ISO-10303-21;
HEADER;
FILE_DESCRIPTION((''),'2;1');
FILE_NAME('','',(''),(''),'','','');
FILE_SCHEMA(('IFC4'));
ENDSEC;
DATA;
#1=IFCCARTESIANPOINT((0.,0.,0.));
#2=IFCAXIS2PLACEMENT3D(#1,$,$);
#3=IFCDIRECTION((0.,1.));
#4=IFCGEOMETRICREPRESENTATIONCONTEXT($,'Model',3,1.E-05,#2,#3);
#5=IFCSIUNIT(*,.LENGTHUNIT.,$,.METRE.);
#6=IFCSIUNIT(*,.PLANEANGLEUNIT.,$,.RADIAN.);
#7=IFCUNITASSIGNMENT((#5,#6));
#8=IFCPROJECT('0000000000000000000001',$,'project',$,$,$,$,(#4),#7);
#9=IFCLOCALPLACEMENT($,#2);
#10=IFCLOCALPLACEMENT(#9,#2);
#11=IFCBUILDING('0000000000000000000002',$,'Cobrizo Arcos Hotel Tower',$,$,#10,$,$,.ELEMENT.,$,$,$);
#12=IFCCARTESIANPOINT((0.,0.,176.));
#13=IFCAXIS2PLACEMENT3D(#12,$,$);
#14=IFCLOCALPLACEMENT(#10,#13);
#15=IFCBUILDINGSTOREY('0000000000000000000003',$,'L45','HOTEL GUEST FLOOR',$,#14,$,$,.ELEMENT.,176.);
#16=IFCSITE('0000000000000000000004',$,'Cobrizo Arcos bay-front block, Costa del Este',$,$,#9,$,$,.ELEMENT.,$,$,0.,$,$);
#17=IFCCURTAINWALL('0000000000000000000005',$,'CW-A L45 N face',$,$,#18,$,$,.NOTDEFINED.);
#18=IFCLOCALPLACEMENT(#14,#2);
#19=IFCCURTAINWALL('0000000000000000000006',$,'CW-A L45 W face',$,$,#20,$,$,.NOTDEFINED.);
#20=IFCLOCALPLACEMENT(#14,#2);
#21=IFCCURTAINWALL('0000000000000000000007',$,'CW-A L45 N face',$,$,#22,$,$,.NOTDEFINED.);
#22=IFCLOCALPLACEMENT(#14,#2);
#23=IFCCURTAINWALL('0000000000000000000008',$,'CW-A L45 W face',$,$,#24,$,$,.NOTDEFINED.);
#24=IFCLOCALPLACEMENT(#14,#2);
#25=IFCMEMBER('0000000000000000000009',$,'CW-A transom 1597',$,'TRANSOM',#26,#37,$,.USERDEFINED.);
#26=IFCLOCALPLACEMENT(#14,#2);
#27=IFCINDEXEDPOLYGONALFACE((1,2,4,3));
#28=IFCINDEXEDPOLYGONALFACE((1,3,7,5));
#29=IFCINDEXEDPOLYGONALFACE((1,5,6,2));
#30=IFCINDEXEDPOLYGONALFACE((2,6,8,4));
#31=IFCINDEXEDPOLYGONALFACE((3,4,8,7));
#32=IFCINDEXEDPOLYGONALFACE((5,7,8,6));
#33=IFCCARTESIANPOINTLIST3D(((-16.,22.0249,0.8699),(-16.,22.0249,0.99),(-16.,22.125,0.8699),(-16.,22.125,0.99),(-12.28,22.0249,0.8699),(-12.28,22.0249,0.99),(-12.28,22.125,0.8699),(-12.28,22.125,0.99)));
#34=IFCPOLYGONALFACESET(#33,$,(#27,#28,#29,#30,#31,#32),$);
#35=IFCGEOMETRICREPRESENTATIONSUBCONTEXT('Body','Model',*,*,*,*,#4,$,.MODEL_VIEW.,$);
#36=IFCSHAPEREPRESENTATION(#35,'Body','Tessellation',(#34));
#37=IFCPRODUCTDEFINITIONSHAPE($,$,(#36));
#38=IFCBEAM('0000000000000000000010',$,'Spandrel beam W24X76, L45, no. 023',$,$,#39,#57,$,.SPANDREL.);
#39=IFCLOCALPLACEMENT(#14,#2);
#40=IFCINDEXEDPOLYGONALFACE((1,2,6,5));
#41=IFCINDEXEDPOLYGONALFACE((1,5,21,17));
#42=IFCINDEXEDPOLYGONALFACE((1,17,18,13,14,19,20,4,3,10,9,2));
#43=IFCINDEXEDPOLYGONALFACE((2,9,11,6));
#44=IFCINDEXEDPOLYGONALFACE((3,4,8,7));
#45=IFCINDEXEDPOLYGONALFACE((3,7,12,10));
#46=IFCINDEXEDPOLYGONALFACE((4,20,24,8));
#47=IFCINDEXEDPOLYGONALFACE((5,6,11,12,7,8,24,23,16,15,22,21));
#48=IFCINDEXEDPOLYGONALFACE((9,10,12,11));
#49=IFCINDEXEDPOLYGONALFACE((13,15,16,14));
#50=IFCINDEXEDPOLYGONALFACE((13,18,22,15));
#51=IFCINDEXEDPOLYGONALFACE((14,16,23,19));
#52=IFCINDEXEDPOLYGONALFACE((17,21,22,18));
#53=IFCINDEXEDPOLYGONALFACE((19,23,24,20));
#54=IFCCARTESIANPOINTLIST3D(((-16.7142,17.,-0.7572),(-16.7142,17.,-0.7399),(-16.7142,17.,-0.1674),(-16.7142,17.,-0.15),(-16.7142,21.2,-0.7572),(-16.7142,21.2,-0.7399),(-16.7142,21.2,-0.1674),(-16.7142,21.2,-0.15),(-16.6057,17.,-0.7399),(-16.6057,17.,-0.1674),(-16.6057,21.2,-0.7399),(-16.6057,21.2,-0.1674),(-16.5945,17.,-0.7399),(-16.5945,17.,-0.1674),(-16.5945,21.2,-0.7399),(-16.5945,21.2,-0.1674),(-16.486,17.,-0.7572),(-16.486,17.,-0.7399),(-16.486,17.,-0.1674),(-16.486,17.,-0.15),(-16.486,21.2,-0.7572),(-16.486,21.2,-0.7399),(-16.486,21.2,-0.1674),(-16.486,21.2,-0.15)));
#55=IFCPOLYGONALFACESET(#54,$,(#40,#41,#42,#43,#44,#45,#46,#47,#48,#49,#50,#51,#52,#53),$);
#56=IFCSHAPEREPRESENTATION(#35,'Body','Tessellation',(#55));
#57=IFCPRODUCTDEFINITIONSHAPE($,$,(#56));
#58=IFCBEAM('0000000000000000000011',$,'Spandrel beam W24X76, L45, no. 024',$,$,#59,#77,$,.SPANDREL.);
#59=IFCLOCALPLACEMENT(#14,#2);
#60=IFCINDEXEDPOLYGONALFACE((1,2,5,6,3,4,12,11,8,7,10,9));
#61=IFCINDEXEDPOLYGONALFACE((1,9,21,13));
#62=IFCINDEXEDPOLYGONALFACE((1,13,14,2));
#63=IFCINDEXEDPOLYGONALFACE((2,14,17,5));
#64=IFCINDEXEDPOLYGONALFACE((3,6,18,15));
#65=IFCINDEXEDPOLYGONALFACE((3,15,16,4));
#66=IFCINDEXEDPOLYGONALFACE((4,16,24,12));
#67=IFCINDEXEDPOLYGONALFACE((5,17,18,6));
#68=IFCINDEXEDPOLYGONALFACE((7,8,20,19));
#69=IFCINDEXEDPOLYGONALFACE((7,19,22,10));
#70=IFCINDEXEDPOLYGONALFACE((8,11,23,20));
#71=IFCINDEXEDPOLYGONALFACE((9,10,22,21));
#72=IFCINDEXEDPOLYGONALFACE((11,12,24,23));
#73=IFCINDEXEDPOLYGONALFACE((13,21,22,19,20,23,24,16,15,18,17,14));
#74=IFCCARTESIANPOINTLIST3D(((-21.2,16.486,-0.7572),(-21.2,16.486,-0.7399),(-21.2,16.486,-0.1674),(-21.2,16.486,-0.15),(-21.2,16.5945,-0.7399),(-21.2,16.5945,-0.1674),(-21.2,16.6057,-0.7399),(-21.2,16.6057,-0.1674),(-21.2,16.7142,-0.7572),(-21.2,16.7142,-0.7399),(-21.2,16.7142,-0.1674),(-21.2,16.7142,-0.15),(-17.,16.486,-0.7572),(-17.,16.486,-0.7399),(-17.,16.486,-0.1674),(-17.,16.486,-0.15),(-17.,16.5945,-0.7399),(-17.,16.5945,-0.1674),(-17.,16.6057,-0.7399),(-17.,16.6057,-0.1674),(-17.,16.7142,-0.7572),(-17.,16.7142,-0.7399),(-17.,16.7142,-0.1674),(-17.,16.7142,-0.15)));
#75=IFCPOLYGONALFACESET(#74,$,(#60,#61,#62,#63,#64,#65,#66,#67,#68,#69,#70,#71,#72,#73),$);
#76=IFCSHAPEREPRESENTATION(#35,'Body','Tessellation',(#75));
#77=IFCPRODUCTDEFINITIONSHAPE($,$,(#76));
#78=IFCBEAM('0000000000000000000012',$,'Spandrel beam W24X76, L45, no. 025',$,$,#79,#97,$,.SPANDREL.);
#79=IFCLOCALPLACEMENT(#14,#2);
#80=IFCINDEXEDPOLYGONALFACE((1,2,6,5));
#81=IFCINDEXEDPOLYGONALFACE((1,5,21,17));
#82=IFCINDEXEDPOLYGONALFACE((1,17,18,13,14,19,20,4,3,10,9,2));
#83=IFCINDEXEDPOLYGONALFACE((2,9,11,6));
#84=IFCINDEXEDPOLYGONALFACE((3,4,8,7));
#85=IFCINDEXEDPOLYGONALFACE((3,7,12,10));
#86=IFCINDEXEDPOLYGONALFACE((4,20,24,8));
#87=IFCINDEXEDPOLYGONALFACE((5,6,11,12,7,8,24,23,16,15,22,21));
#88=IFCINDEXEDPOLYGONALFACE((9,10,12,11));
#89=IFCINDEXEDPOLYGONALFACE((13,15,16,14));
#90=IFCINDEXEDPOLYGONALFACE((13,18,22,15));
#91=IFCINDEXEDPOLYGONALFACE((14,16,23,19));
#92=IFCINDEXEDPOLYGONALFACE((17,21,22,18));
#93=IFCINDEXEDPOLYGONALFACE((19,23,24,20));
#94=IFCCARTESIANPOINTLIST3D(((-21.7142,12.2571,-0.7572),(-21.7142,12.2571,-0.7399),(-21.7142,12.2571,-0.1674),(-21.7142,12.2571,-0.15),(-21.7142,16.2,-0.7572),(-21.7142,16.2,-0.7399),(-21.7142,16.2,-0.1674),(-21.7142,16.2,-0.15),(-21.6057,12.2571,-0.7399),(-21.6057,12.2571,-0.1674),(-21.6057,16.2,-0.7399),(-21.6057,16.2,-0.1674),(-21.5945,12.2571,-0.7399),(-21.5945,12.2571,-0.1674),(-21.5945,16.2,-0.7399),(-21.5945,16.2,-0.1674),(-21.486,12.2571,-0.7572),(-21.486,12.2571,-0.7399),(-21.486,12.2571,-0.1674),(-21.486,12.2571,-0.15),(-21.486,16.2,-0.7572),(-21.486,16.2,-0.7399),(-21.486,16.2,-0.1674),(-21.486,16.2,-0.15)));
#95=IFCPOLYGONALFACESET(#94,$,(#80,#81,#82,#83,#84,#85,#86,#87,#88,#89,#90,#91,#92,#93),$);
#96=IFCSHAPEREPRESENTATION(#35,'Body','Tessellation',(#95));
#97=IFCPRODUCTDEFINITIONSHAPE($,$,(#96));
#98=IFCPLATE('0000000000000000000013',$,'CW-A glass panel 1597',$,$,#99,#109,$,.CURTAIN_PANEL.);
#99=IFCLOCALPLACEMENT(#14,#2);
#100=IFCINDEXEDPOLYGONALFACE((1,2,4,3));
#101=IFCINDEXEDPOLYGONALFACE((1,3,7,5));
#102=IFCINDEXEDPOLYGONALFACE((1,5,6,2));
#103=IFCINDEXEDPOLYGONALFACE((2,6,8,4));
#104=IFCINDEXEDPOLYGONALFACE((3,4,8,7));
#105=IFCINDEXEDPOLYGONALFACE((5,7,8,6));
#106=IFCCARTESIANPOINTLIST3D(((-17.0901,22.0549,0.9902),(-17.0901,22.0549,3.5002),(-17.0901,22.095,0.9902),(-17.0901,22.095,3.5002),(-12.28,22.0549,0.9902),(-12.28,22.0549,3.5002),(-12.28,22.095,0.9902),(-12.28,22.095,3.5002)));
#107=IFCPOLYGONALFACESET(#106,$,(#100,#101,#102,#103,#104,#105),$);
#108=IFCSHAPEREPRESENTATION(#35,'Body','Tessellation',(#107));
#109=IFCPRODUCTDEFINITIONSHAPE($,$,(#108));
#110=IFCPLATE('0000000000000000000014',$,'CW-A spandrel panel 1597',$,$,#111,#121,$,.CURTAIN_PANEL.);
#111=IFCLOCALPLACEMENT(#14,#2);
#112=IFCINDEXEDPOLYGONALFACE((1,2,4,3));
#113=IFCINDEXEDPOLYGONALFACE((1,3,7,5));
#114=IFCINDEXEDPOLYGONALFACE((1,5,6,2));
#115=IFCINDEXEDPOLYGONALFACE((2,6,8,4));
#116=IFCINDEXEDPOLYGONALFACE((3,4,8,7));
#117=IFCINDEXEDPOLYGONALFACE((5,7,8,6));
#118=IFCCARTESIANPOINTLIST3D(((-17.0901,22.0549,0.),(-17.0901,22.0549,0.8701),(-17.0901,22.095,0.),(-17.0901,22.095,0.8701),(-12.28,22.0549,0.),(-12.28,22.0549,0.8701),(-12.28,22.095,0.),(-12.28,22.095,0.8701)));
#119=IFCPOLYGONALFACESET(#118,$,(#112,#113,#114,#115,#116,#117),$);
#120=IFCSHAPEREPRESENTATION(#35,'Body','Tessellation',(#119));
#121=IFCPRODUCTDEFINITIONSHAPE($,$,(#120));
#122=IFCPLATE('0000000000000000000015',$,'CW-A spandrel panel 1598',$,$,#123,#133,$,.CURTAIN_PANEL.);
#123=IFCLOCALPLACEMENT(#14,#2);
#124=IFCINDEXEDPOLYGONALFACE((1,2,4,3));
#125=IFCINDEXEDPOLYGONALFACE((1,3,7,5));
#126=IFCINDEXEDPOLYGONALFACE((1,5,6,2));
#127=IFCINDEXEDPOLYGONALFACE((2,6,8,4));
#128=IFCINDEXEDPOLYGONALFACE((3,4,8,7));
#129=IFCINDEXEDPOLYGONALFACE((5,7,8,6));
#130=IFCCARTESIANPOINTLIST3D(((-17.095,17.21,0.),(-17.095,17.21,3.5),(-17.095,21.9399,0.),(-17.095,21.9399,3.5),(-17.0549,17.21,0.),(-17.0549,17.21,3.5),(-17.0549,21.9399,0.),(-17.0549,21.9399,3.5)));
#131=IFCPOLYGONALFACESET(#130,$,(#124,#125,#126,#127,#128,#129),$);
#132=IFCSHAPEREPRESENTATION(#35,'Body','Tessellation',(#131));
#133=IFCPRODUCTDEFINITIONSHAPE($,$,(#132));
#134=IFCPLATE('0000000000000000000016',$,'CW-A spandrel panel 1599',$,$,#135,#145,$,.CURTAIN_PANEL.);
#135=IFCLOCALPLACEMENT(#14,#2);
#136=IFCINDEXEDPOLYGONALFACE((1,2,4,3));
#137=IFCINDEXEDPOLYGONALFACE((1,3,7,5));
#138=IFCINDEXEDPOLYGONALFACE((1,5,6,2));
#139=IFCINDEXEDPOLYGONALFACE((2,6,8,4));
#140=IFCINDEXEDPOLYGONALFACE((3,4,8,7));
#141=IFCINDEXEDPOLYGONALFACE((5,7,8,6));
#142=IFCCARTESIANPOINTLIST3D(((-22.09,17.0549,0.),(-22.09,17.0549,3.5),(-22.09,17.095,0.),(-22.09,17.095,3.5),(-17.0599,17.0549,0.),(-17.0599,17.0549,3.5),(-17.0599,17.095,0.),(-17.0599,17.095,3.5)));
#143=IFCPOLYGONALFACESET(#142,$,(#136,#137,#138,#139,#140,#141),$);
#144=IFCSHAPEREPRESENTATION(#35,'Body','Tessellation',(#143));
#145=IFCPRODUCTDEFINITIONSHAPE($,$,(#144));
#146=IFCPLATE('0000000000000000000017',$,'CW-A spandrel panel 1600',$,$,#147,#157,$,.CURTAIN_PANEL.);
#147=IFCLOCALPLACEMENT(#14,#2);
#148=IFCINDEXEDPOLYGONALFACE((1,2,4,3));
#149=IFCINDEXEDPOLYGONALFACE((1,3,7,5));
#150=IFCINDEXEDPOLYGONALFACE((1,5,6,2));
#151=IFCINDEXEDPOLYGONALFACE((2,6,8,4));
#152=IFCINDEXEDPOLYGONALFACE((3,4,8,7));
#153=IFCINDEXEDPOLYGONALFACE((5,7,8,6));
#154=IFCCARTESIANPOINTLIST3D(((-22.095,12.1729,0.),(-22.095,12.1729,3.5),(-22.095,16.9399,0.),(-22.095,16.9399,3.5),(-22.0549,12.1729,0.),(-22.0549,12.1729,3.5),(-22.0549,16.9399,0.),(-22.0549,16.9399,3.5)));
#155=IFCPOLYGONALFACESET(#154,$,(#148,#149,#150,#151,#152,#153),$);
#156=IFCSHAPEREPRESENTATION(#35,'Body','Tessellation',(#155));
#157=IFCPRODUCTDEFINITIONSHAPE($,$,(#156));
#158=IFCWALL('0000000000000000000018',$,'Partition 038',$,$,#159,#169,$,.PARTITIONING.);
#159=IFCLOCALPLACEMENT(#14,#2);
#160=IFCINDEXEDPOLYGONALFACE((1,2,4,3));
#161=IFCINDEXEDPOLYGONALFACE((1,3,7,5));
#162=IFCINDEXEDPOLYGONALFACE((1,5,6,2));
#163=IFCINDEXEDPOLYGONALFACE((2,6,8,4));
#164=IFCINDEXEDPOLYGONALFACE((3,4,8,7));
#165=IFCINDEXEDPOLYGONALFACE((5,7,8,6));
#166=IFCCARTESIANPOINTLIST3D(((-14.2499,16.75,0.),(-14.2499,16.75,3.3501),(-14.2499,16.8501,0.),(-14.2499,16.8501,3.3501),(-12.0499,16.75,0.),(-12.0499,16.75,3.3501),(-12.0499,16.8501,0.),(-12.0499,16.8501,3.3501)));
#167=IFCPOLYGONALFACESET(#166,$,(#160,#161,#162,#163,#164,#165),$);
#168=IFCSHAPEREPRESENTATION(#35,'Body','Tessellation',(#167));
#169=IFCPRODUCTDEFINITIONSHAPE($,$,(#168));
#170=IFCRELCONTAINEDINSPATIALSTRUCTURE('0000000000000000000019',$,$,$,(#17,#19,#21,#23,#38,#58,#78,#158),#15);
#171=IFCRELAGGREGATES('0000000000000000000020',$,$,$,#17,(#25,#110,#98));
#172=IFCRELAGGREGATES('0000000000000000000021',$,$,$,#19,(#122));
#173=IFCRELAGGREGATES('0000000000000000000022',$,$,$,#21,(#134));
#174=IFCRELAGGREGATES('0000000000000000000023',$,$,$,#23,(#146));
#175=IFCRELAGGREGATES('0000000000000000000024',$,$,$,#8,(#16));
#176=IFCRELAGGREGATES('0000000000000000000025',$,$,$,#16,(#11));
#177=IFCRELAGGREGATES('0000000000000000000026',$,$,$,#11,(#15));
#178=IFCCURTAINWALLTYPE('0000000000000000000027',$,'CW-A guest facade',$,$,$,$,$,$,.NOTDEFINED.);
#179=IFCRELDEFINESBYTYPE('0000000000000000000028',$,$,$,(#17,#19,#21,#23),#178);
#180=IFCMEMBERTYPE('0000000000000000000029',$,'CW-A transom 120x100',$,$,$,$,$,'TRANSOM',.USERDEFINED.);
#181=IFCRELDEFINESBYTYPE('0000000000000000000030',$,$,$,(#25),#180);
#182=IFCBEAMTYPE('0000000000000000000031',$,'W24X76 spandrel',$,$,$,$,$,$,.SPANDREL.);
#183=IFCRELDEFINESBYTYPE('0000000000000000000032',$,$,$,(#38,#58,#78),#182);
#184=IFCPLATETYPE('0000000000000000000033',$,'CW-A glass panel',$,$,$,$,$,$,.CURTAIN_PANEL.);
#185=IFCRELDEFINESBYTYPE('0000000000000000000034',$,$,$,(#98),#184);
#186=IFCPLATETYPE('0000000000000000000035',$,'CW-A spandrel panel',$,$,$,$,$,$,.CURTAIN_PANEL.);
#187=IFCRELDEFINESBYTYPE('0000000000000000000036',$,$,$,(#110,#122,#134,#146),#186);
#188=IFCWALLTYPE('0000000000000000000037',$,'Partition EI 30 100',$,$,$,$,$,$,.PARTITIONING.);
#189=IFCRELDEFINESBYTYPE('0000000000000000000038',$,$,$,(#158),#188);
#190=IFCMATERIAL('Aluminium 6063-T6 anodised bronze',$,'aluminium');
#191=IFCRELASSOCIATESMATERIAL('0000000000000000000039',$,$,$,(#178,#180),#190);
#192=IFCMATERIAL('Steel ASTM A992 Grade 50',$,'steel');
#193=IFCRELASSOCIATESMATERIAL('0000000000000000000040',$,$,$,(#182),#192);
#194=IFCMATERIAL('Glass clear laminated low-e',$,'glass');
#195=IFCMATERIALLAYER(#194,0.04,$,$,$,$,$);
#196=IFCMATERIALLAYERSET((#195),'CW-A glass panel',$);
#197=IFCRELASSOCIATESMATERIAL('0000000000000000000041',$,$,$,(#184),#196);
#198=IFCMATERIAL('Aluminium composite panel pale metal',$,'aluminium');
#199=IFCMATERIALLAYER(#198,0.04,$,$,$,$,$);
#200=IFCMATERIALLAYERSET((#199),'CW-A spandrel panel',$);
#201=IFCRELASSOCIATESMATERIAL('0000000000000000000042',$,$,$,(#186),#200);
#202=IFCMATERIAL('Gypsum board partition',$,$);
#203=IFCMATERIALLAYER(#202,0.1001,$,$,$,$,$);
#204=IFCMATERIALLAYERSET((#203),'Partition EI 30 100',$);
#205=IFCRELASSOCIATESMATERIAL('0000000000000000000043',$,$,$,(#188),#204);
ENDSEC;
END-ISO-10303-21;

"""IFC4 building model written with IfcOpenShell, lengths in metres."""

from ifc_helpers import new_model, si_unit, direction, frame, frame_2d, origin, origin_2d, place, context, subcontext, project, spatial, rectangle, i_section, extrude, material, layer, layer_set, material_profile, profile_set, type_object, element, aggregate, save


model = new_model("IFC4")

# Units and contexts
model_context = context("Model", 3, precision=1e-05, world=origin(), true_north=direction((0.0, 1.0)))
body_context = subcontext(model_context, "Body", "Model", "MODEL_VIEW")
ifc_project = project(units=[si_unit("LENGTHUNIT", "METRE"), si_unit("PLANEANGLEUNIT", "RADIAN")], contexts=[model_context])

# Site, building, storey
site_placement = place(None, origin())
site = spatial("IfcSite", under=ifc_project, at=site_placement, Name="Cobrizo Arcos bay-front block, Costa del Este", CompositionType="ELEMENT", RefElevation=0.0)
building_placement = place(site_placement, origin())
building = spatial("IfcBuilding", under=site, at=building_placement, Name="Cobrizo Arcos Hotel Tower", CompositionType="ELEMENT")
storey_placement = place(building_placement, frame((0.0, 0.0, 176.0)))
storey = spatial("IfcBuildingStorey", under=building, at=storey_placement, Name="L45", Description="HOTEL GUEST FLOOR", CompositionType="ELEMENT", Elevation=176.0)

# Curtain wall
ifc_material_1 = material(Name="Aluminium 6063-T6 anodised bronze", Category="aluminium")
curtain_wall_type = type_object("IfcCurtainWallType", Name="CW-A guest facade", PredefinedType="NOTDEFINED", material=ifc_material_1)
curtain_wall_1_placement = place(storey_placement, origin())
curtain_wall_1 = element("IfcCurtainWall", 1, at=curtain_wall_1_placement, inside=storey, type_object=curtain_wall_type, Name="CW-A L45 N face", PredefinedType="NOTDEFINED")

# Curtain walls
curtain_wall_2_placement = place(storey_placement, origin())
curtain_wall_2 = element("IfcCurtainWall", 2, at=curtain_wall_2_placement, inside=storey, type_object=curtain_wall_type, Name="CW-A L45 W face", PredefinedType="NOTDEFINED")
curtain_wall_3_placement = place(storey_placement, origin())
curtain_wall_3 = element("IfcCurtainWall", 3, at=curtain_wall_3_placement, inside=storey, type_object=curtain_wall_type, Name="CW-A L45 N face", PredefinedType="NOTDEFINED")

# Curtain wall
curtain_wall_4_placement = place(storey_placement, origin())
curtain_wall_4 = element("IfcCurtainWall", 4, at=curtain_wall_4_placement, inside=storey, type_object=curtain_wall_type, Name="CW-A L45 W face", PredefinedType="NOTDEFINED")

# Member
ifc_material_profile_1 = material_profile(ifc_material_1, rectangle(XDim=0.1001, YDim=0.1201, at=origin_2d()), Name="CW-A transom 120x100")
ifc_profile_set_1 = profile_set([ifc_material_profile_1], Name="Aluminium 6063-T6 anodised bronze")
member_type_1 = type_object("IfcMemberType", Name="CW-A transom 120x100", ElementType="TRANSOM", PredefinedType="USERDEFINED", material=ifc_profile_set_1)
member_1_placement = place(storey_placement, frame((-12.28, 22.075, 0.9299), z_axis=(-1.0, 0.0, 0.0), x_axis=(0.0, -1.0, 0.0)))
member_1 = element("IfcMember", 5, at=member_1_placement, type_object=member_type_1, Name="CW-A transom 1597", ObjectType="TRANSOM", PredefinedType="USERDEFINED", context=body_context, shape_type="SweptSolid", body=[
    extrude(rectangle(XDim=0.1001, YDim=0.1201, at=origin_2d()), origin(), (0.0, 0.0, 1.0), 3.72),
])

# Beams
ifc_material_2 = material(Name="Steel ASTM A992 Grade 50", Category="steel")
ifc_material_profile_2 = material_profile(ifc_material_2, i_section(OverallWidth=0.2283, OverallDepth=0.6072, WebThickness=0.0112, FlangeThickness=0.0173, at=origin_2d()), Name="W24X76")
ifc_profile_set_2 = profile_set([ifc_material_profile_2], Name="Steel ASTM A992 Grade 50")
beam_type_1 = type_object("IfcBeamType", Name="W24X76 spandrel", PredefinedType="SPANDREL", material=ifc_profile_set_2)
for number, where, z_axis, x_axis, name in (
    (6, (-16.6001, 21.2, -0.4536), (0.0, -1.0, 0.0), (1.0, 0.0, 0.0), "Spandrel beam W24X76, L45, no. 023"),
    (7, (-17.0, 16.6001, -0.4536), (-1.0, 0.0, 0.0), (0.0, -1.0, 0.0), "Spandrel beam W24X76, L45, no. 024"),
):
    element("IfcBeam", number, at=place(storey_placement, frame(where, z_axis=z_axis, x_axis=x_axis)), inside=storey, type_object=beam_type_1, Name=name, PredefinedType="SPANDREL", context=body_context, shape_type="SweptSolid", body=[
        extrude(i_section(OverallWidth=0.2283, OverallDepth=0.6072, WebThickness=0.0112, FlangeThickness=0.0173, at=origin_2d()), origin(), (0.0, 0.0, 1.0), 4.2),
    ])
beam_1_placement = place(storey_placement, frame((-21.6001, 16.2, -0.4536), z_axis=(0.0, -1.0, 0.0), x_axis=(1.0, 0.0, 0.0)))
element("IfcBeam", 8, at=beam_1_placement, inside=storey, type_object=beam_type_1, Name="Spandrel beam W24X76, L45, no. 025", PredefinedType="SPANDREL", context=body_context, shape_type="SweptSolid", body=[
    extrude(i_section(OverallWidth=0.2283, OverallDepth=0.6072, WebThickness=0.0112, FlangeThickness=0.0173, at=origin_2d()), origin(), (0.0, 0.0, 1.0), 3.9429),
])

# Plates
ifc_material_3 = material(Name="Glass clear laminated low-e", Category="glass")
ifc_layer_1 = layer(ifc_material_3, 0.04)
ifc_layer_set_1 = layer_set([ifc_layer_1], Name="CW-A glass panel")
plate_type_1 = type_object("IfcPlateType", Name="CW-A glass panel", PredefinedType="CURTAIN_PANEL", material=ifc_layer_set_1)
plate_1_placement = place(storey_placement, frame((-14.6851, 22.075, 0.9902), z_axis=(0.0, 0.0, 1.0), x_axis=(-1.0, 0.0, 0.0)))
plate_1 = element("IfcPlate", 9, at=plate_1_placement, type_object=plate_type_1, Name="CW-A glass panel 1597", PredefinedType="CURTAIN_PANEL", context=body_context, shape_type="SweptSolid", body=[
    extrude(rectangle(XDim=4.8101, YDim=0.04, at=origin_2d()), origin(), (0.0, 0.0, 1.0), 2.51),
])
ifc_material_4 = material(Name="Aluminium composite panel pale metal", Category="aluminium")
ifc_layer_2 = layer(ifc_material_4, 0.04)
ifc_layer_set_2 = layer_set([ifc_layer_2], Name="CW-A spandrel panel")
plate_type_2 = type_object("IfcPlateType", Name="CW-A spandrel panel", PredefinedType="CURTAIN_PANEL", material=ifc_layer_set_2)
plate_2_placement = place(storey_placement, frame((-14.6851, 22.075, 0.0), z_axis=(0.0, 0.0, 1.0), x_axis=(-1.0, 0.0, 0.0)))
plate_2 = element("IfcPlate", 10, at=plate_2_placement, type_object=plate_type_2, Name="CW-A spandrel panel 1597", PredefinedType="CURTAIN_PANEL", context=body_context, shape_type="SweptSolid", body=[
    extrude(rectangle(XDim=4.8101, YDim=0.04, at=origin_2d()), origin(), (0.0, 0.0, 1.0), 0.8701),
])
aggregate(curtain_wall_1, [member_1, plate_2, plate_1])
plate_3_placement = place(storey_placement, frame((-17.075, 19.575, 0.0), z_axis=(0.0, 0.0, 1.0), x_axis=(0.0, -1.0, 0.0)))
plate_3 = element("IfcPlate", 11, at=plate_3_placement, type_object=plate_type_2, Name="CW-A spandrel panel 1598", PredefinedType="CURTAIN_PANEL", context=body_context, shape_type="SweptSolid", body=[
    extrude(rectangle(XDim=4.73, YDim=0.04, at=origin_2d()), origin(), (0.0, 0.0, 1.0), 3.5),
])
aggregate(curtain_wall_2, [plate_3])
plate_4_placement = place(storey_placement, frame((-19.575, 17.075, 0.0), z_axis=(0.0, 0.0, 1.0), x_axis=(-1.0, 0.0, 0.0)))
plate_4 = element("IfcPlate", 12, at=plate_4_placement, type_object=plate_type_2, Name="CW-A spandrel panel 1599", PredefinedType="CURTAIN_PANEL", context=body_context, shape_type="SweptSolid", body=[
    extrude(rectangle(XDim=5.03, YDim=0.04, at=origin_2d()), origin(), (0.0, 0.0, 1.0), 3.5),
])
aggregate(curtain_wall_3, [plate_4])
plate_5_placement = place(storey_placement, frame((-22.075, 14.5564, 0.0), z_axis=(0.0, 0.0, 1.0), x_axis=(0.0, -1.0, 0.0)))
plate_5 = element("IfcPlate", 13, at=plate_5_placement, type_object=plate_type_2, Name="CW-A spandrel panel 1600", PredefinedType="CURTAIN_PANEL", context=body_context, shape_type="SweptSolid", body=[
    extrude(rectangle(XDim=4.7671, YDim=0.04, at=origin_2d()), origin(), (0.0, 0.0, 1.0), 3.5),
])
aggregate(curtain_wall_4, [plate_5])

# Wall
ifc_material_5 = material(Name="Gypsum board partition")
ifc_layer_3 = layer(ifc_material_5, 0.1001)
ifc_layer_set_3 = layer_set([ifc_layer_3], Name="Partition EI 30 100")
wall_type = type_object("IfcWallType", Name="Partition EI 30 100", PredefinedType="PARTITIONING", material=ifc_layer_set_3)
wall_1_placement = place(storey_placement, frame((-14.25, 16.8, 0.0), z_axis=(0.0, 0.0, 1.0), x_axis=(1.0, 0.0, 0.0)))
element("IfcWall", 14, at=wall_1_placement, inside=storey, type_object=wall_type, Name="Partition 038", PredefinedType="PARTITIONING", context=body_context, shape_type="SweptSolid", body=[
    extrude(rectangle(XDim=2.2, YDim=0.1001, at=frame_2d((1.1001, 0.0))), origin(), (0.0, 0.0, 1.0), 3.3501),
])

save(model, "model.ifc")
